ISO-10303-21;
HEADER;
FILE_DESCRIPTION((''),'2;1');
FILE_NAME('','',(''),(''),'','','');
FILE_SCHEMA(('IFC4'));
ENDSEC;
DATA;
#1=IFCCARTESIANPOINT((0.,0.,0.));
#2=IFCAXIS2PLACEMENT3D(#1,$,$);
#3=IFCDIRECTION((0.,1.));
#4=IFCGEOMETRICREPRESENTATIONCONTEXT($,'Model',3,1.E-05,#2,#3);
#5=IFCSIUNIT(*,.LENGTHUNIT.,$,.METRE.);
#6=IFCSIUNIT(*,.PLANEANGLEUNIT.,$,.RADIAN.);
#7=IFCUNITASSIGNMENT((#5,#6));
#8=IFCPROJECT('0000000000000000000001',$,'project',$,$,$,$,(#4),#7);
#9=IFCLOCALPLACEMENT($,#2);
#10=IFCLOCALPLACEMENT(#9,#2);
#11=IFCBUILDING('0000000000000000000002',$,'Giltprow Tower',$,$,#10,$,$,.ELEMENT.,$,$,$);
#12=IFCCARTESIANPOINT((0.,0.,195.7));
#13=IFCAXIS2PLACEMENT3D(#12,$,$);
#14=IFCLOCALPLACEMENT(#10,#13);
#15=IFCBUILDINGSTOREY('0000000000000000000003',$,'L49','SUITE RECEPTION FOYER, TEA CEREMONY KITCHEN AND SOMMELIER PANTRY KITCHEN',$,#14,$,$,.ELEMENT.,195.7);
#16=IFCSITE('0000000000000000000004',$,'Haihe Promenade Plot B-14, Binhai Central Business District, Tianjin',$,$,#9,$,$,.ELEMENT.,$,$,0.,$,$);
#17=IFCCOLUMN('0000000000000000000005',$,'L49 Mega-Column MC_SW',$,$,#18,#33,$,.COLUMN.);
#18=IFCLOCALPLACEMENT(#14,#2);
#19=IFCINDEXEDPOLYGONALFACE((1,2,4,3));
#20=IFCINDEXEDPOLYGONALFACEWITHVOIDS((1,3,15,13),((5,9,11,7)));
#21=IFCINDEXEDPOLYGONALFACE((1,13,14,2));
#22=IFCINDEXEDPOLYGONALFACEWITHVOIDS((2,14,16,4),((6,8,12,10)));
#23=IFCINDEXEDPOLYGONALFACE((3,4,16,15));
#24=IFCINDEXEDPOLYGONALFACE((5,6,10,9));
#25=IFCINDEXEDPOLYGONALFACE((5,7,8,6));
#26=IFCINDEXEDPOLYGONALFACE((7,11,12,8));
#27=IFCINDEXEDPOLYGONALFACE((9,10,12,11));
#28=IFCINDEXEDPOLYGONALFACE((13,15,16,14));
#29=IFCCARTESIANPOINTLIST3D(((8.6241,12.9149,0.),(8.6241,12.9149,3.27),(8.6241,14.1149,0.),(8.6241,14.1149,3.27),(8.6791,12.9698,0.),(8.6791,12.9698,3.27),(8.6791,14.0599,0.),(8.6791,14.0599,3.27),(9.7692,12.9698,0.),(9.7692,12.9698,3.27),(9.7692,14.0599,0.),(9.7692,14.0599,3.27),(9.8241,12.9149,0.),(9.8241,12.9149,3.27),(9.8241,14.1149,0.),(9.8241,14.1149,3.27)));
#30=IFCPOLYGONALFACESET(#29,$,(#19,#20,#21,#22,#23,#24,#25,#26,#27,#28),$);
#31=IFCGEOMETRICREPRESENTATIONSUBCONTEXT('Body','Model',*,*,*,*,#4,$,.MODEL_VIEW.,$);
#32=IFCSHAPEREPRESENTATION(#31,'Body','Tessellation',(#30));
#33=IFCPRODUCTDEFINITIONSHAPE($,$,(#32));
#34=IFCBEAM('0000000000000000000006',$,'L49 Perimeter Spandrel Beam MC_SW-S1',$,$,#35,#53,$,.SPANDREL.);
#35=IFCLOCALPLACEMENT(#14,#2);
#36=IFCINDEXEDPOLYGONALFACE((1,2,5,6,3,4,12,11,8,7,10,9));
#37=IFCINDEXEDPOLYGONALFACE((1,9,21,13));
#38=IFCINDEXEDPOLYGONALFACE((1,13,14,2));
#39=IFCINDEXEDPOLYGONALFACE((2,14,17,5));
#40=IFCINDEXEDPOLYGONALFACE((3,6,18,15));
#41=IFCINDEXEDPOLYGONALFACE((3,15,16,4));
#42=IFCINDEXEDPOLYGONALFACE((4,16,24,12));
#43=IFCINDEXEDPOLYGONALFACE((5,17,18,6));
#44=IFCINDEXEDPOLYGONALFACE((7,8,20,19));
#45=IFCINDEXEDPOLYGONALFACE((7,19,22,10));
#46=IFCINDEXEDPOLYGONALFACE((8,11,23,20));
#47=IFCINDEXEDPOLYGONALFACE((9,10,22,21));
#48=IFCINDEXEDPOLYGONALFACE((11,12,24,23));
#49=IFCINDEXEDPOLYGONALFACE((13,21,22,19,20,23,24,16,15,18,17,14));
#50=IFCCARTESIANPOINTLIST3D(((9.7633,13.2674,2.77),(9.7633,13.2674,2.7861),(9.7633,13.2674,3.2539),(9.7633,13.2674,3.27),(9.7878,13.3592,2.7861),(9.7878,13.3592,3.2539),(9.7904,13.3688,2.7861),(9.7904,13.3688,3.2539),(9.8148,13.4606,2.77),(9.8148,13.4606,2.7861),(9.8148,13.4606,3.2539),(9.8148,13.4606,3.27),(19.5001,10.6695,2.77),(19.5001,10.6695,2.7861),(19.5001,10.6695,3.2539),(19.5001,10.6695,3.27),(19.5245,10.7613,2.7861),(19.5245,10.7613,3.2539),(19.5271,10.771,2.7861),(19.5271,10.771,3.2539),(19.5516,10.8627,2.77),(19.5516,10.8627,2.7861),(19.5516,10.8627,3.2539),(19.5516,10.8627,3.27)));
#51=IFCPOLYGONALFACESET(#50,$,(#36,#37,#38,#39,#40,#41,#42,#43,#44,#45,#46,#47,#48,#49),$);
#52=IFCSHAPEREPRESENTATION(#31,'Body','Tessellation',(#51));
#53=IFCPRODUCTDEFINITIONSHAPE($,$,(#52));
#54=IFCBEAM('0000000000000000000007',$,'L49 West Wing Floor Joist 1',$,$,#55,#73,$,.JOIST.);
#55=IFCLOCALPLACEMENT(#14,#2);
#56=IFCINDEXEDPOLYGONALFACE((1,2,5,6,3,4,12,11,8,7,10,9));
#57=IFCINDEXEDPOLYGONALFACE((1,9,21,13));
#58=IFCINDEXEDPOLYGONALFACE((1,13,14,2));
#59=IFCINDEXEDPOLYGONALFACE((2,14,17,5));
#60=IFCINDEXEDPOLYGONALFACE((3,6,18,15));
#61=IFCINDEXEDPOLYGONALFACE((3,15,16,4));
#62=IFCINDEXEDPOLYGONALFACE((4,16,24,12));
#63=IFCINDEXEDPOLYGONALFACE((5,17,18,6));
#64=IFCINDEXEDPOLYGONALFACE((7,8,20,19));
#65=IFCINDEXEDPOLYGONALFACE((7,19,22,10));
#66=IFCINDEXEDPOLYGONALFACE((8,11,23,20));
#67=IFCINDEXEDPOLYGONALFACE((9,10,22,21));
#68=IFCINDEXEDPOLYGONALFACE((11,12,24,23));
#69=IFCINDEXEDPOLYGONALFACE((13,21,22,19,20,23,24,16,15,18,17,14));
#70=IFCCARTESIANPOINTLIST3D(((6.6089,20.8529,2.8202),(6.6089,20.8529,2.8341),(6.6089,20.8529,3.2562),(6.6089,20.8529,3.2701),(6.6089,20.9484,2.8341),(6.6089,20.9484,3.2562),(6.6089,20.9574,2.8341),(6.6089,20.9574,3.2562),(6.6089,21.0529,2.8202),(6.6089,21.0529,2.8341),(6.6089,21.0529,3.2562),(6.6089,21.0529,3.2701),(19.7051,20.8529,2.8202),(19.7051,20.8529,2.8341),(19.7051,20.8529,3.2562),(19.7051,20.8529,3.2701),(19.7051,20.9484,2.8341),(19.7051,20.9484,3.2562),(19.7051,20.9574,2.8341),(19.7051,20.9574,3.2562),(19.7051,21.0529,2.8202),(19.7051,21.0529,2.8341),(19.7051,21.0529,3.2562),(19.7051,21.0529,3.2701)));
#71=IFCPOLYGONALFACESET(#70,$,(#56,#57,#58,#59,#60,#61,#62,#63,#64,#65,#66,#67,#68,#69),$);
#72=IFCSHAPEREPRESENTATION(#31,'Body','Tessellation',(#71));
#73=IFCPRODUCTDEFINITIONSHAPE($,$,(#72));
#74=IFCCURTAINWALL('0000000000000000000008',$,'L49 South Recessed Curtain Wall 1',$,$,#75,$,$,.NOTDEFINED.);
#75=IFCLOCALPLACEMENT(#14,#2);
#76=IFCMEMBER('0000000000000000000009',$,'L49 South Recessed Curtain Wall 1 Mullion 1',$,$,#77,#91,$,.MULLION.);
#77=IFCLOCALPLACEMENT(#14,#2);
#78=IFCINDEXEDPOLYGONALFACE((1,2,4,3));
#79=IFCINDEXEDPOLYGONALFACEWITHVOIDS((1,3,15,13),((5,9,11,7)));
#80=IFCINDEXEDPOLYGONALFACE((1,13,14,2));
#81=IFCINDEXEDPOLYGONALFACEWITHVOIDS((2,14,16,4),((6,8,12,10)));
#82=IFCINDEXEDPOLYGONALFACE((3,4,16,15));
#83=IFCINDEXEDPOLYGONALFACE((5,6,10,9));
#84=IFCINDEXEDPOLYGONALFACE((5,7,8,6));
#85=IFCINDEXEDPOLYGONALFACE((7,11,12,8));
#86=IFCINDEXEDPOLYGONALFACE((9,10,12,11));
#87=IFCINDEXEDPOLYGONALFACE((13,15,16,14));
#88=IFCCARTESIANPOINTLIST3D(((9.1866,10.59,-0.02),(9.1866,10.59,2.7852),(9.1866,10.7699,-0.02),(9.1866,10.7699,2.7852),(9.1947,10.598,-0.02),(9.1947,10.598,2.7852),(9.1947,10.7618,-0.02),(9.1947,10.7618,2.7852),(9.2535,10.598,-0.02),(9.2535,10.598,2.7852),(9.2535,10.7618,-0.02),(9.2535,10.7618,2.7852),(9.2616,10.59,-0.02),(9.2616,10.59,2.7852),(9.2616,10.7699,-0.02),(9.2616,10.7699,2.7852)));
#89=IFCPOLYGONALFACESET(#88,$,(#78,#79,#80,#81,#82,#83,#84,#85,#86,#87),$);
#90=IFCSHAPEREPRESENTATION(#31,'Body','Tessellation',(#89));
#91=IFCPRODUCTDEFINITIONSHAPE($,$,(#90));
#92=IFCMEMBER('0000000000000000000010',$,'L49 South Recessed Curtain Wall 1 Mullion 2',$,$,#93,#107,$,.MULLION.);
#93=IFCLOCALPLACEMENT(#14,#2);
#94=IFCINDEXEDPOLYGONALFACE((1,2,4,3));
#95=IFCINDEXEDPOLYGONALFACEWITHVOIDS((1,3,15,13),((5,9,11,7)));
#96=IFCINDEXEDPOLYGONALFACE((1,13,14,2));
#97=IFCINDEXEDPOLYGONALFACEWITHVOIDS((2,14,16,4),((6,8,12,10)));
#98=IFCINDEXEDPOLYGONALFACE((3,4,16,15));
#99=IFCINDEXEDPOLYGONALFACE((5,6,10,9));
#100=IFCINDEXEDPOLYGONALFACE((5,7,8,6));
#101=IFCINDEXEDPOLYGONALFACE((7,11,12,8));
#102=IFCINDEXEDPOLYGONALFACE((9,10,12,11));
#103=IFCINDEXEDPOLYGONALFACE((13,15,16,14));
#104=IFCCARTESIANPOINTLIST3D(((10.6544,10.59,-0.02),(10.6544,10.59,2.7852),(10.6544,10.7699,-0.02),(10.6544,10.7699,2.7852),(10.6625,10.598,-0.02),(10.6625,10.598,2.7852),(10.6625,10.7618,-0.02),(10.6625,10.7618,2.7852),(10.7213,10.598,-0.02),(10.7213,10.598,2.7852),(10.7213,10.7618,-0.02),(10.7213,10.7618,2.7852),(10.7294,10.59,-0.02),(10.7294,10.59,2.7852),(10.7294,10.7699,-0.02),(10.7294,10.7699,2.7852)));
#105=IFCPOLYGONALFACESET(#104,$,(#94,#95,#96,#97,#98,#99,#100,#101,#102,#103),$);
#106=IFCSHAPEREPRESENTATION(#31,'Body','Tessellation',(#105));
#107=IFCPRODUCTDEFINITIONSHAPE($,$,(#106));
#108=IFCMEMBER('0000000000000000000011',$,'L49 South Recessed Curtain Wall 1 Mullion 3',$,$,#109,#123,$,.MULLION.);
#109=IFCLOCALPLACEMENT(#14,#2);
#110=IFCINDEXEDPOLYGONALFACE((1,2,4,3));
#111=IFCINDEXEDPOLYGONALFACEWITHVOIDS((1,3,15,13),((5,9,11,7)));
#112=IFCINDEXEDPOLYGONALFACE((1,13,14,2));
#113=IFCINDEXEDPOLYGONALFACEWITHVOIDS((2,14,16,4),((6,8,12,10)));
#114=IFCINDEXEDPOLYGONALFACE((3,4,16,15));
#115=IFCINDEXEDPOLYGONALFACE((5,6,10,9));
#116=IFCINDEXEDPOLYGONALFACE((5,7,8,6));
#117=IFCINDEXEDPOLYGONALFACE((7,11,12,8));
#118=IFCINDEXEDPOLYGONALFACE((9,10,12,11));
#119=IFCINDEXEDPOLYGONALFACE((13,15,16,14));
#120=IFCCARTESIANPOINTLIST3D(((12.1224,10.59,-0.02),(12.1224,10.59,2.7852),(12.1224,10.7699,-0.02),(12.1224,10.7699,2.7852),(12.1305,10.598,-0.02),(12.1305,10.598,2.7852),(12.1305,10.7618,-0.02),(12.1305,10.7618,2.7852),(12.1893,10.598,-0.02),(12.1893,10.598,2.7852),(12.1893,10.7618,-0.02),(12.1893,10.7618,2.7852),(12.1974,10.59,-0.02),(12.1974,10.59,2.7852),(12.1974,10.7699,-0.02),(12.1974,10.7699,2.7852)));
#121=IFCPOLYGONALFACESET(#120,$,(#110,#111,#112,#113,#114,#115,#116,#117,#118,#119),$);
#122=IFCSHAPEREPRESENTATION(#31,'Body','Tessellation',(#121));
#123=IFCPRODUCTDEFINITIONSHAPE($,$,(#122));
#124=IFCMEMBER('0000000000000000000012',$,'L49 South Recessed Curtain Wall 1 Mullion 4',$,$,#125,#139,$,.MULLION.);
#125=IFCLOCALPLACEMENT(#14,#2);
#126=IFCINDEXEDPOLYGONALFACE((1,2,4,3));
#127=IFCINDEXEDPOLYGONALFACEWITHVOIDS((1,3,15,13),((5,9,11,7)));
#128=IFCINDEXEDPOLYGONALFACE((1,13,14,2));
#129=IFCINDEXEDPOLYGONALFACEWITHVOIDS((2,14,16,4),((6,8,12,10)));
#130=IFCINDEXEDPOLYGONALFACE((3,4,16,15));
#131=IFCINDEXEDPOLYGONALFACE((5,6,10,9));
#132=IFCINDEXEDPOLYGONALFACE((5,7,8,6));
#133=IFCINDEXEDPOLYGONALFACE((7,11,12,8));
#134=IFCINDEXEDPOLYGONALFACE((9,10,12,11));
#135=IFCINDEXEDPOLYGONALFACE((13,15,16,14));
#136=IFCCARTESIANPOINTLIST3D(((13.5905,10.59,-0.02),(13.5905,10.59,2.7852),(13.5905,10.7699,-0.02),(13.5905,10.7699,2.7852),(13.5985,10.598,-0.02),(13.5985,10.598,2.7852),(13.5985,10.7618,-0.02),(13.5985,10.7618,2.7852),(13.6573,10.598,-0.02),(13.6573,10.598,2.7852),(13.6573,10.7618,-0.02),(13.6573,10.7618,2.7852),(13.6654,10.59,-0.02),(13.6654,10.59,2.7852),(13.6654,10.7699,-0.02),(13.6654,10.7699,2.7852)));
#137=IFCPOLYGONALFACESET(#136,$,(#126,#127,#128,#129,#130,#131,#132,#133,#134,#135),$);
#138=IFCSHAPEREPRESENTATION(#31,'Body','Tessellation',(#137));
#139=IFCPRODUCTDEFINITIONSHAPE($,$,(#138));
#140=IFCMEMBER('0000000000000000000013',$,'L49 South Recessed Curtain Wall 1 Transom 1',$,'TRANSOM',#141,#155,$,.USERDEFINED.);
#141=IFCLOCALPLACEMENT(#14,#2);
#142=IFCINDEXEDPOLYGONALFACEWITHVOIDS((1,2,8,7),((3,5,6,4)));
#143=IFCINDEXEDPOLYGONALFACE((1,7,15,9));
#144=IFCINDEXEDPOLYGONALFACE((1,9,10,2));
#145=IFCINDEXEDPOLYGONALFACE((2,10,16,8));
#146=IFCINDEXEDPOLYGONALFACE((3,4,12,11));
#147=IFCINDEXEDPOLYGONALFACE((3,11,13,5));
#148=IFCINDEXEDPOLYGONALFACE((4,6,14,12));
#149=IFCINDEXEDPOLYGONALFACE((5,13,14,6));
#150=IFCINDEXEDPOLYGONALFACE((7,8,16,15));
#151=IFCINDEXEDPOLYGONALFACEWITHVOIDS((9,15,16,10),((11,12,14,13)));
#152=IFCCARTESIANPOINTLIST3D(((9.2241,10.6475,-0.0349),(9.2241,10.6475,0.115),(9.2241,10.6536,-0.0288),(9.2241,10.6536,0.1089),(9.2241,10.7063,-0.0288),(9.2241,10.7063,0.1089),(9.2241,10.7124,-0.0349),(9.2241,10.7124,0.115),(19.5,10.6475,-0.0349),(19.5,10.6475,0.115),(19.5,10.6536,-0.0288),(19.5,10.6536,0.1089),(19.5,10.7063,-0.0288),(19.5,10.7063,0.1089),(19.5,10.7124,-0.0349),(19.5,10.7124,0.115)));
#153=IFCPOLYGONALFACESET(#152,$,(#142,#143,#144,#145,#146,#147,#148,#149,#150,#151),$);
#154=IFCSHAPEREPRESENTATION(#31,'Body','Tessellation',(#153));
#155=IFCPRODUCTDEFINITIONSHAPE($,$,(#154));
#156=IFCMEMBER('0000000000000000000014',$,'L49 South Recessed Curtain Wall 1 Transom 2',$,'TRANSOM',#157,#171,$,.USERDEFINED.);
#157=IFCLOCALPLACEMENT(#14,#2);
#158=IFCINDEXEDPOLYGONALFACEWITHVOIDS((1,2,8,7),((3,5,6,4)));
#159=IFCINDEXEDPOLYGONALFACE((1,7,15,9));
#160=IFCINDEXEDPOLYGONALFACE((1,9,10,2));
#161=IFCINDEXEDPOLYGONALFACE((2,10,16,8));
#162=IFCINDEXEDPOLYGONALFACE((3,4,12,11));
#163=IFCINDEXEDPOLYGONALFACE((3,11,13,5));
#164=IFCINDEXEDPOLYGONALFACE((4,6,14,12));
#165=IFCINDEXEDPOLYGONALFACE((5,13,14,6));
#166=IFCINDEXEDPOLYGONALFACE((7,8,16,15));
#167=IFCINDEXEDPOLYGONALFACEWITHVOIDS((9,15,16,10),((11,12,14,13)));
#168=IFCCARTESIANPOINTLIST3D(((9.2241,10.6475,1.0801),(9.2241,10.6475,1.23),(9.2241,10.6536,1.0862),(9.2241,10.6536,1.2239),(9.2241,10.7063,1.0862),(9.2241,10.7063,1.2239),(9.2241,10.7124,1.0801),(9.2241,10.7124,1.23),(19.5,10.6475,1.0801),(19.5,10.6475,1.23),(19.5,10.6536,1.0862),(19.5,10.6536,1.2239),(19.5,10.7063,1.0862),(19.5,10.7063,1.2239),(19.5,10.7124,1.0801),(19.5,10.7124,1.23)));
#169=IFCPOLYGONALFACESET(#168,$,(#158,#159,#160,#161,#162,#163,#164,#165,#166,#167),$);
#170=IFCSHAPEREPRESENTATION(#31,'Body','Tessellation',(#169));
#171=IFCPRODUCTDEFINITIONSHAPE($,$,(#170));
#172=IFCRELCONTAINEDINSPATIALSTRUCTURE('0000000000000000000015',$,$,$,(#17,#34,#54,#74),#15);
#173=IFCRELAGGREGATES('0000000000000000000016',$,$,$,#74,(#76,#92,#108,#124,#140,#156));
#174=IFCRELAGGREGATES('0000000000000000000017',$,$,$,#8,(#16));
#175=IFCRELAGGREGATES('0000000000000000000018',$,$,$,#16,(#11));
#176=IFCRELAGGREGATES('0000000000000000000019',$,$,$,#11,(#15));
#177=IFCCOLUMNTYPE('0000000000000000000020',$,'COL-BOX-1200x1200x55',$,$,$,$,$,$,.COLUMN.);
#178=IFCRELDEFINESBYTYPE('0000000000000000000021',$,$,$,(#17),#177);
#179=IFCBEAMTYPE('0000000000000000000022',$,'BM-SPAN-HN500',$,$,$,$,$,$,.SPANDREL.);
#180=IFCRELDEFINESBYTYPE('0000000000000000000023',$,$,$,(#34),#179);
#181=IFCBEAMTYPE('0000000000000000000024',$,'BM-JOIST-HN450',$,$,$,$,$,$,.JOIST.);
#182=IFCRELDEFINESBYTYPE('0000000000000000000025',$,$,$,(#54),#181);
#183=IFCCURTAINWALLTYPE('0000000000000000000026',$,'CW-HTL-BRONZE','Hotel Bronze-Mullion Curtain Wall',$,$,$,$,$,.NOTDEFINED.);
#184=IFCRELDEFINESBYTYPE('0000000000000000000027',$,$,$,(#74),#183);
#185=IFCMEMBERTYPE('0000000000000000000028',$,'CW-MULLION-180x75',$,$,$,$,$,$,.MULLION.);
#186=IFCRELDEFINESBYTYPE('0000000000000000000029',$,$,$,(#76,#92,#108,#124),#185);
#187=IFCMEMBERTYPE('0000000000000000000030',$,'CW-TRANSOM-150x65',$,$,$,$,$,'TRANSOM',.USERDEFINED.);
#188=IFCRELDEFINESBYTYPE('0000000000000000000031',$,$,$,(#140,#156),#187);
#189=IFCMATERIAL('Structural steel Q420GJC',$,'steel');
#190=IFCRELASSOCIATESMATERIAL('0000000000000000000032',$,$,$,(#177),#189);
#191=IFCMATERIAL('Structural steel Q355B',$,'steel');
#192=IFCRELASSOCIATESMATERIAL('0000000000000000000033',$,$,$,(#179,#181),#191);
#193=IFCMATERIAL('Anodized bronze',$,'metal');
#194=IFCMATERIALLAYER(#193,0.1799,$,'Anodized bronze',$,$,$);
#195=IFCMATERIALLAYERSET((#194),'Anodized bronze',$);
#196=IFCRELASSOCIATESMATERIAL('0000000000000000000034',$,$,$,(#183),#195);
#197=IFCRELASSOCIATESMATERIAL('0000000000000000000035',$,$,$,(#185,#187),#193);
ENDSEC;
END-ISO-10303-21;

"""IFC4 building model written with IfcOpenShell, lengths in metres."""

from ifc_helpers import new_model, si_unit, direction, frame, origin, origin_2d, place, context, subcontext, project, spatial, hollow_rectangle, i_section, extrude, source, transform, mapped, material, layer, layer_set, material_profile, profile_set, type_object, element, aggregate, save


model = new_model("IFC4")

# Units and contexts
model_context = context("Model", 3, precision=1e-05, world=origin(), true_north=direction((0.0, 1.0)))
body_context = subcontext(model_context, "Body", "Model", "MODEL_VIEW")
ifc_project = project(units=[si_unit("LENGTHUNIT", "METRE"), si_unit("PLANEANGLEUNIT", "RADIAN")], contexts=[model_context])

# Site, building, storey
site_placement = place(None, origin())
site = spatial("IfcSite", under=ifc_project, at=site_placement, Name="Haihe Promenade Plot B-14, Binhai Central Business District, Tianjin", CompositionType="ELEMENT", RefElevation=0.0)
building_placement = place(site_placement, origin())
building = spatial("IfcBuilding", under=site, at=building_placement, Name="Giltprow Tower", CompositionType="ELEMENT")
storey_placement = place(building_placement, frame((0.0, 0.0, 195.7)))
storey = spatial("IfcBuildingStorey", under=building, at=storey_placement, Name="L49", Description="SUITE RECEPTION FOYER, TEA CEREMONY KITCHEN AND SOMMELIER PANTRY KITCHEN", CompositionType="ELEMENT", Elevation=195.7)

# Column
ifc_material_1 = material(Name="Structural steel Q420GJC", Category="steel")
ifc_material_profile_1 = material_profile(ifc_material_1, hollow_rectangle(XDim=1.2, YDim=1.2, WallThickness=0.0549, at=origin_2d()), Name="BOX 1200x1200x55")
ifc_profile_set_1 = profile_set([ifc_material_profile_1], Name="Structural steel Q420GJC")
column_type = type_object("IfcColumnType", Name="COL-BOX-1200x1200x55", PredefinedType="COLUMN", material=ifc_profile_set_1)
shared_shape_1 = source(origin(), body_context, "Body", "SweptSolid", [
    extrude(hollow_rectangle(XDim=1.2, YDim=1.2, WallThickness=0.0549, at=origin_2d()), origin(), (0.0, 0.0, 1.0), 3.27),
])
column_placement = place(storey_placement, frame((9.2241, 13.5149, 0.0), z_axis=(0.0, 0.0, 1.0), x_axis=(1.0, 0.0, 0.0)))
element("IfcColumn", 1, at=column_placement, inside=storey, type_object=column_type, Name="L49 Mega-Column MC_SW", PredefinedType="COLUMN", context=body_context, shape_type="MappedRepresentation", body=[
    mapped(shared_shape_1, transform((0.0, 0.0, 0.0), x_axis=(1.0, 0.0, 0.0), y_axis=(0.0, 1.0, 0.0), z_axis=(0.0, 0.0, 1.0), scale=1.0)),
])

# Beams
ifc_material_2 = material(Name="Structural steel Q355B", Category="steel")
ifc_material_profile_2 = material_profile(ifc_material_2, i_section(OverallWidth=0.2, OverallDepth=0.5, WebThickness=0.01, FlangeThickness=0.0161, at=origin_2d()), Name="HN 500x200x10x16")
ifc_profile_set_2 = profile_set([ifc_material_profile_2], Name="Structural steel Q355B")
beam_type_1 = type_object("IfcBeamType", Name="BM-SPAN-HN500", PredefinedType="SPANDREL", material=ifc_profile_set_2)
shared_shape_2 = source(origin(), body_context, "Body", "SweptSolid", [
    extrude(i_section(OverallWidth=0.2, OverallDepth=0.5, WebThickness=0.01, FlangeThickness=0.0161, at=origin_2d()), origin(), (0.0, 0.0, 1.0), 10.0774),
])
beam_1_placement = place(storey_placement, frame((9.7891, 13.364, 3.02), z_axis=(0.9662, -0.257794, 0.0), x_axis=(0.257794, 0.9662, 0.0)))
element("IfcBeam", 2, at=beam_1_placement, inside=storey, type_object=beam_type_1, Name="L49 Perimeter Spandrel Beam MC_SW-S1", PredefinedType="SPANDREL", context=body_context, shape_type="MappedRepresentation", body=[
    mapped(shared_shape_2, transform((0.0, 0.0, 0.0), x_axis=(1.0, 0.0, 0.0), y_axis=(0.0, 1.0, 0.0), z_axis=(0.0, 0.0, 1.0), scale=1.0)),
])
ifc_material_profile_3 = material_profile(ifc_material_2, i_section(OverallWidth=0.2, OverallDepth=0.45, WebThickness=0.009, FlangeThickness=0.0139, at=origin_2d()), Name="HN 450x200x9x14")
ifc_profile_set_3 = profile_set([ifc_material_profile_3], Name="Structural steel Q355B")
beam_type_2 = type_object("IfcBeamType", Name="BM-JOIST-HN450", PredefinedType="JOIST", material=ifc_profile_set_3)
shared_shape_3 = source(origin(), body_context, "Body", "SweptSolid", [
    extrude(i_section(OverallWidth=0.2, OverallDepth=0.45, WebThickness=0.009, FlangeThickness=0.0139, at=origin_2d()), origin(), (0.0, 0.0, 1.0), 13.0962),
])
beam_2_placement = place(storey_placement, frame((6.6089, 20.9529, 3.0452), z_axis=(1.0, 0.0, 0.0), x_axis=(0.0, 1.0, 0.0)))
element("IfcBeam", 3, at=beam_2_placement, inside=storey, type_object=beam_type_2, Name="L49 West Wing Floor Joist 1", PredefinedType="JOIST", context=body_context, shape_type="MappedRepresentation", body=[
    mapped(shared_shape_3, transform((0.0, 0.0, 0.0), x_axis=(1.0, 0.0, 0.0), y_axis=(0.0, 1.0, 0.0), z_axis=(0.0, 0.0, 1.0), scale=1.0)),
])

# Curtain wall, members
ifc_material_3 = material(Name="Anodized bronze", Category="metal")
ifc_layer_1 = layer(ifc_material_3, 0.1799, Name="Anodized bronze")
ifc_layer_set_1 = layer_set([ifc_layer_1], Name="Anodized bronze")
curtain_wall_type = type_object("IfcCurtainWallType", Name="CW-HTL-BRONZE", Description="Hotel Bronze-Mullion Curtain Wall", PredefinedType="NOTDEFINED", material=ifc_layer_set_1)
curtain_wall_placement = place(storey_placement, origin())
curtain_wall = element("IfcCurtainWall", 4, at=curtain_wall_placement, inside=storey, type_object=curtain_wall_type, Name="L49 South Recessed Curtain Wall 1", PredefinedType="NOTDEFINED")
ifc_material_profile_4 = material_profile(ifc_material_3, hollow_rectangle(XDim=0.075, YDim=0.1799, WallThickness=0.0081, at=origin_2d()), Name="RHS 180x75x8")
ifc_profile_set_4 = profile_set([ifc_material_profile_4], Name="Anodized bronze")
member_type_1 = type_object("IfcMemberType", Name="CW-MULLION-180x75", PredefinedType="MULLION", material=ifc_profile_set_4)
shared_shape_4 = source(origin(), body_context, "Body", "SweptSolid", [
    extrude(hollow_rectangle(XDim=0.075, YDim=0.1799, WallThickness=0.0081, at=origin_2d()), origin(), (0.0, 0.0, 1.0), 2.8052),
])
member_1_placement = place(storey_placement, frame((9.2241, 10.6799, -0.02), z_axis=(0.0, 0.0, 1.0), x_axis=(1.0, 0.0, 0.0)))
member_1 = element("IfcMember", 5, at=member_1_placement, type_object=member_type_1, Name="L49 South Recessed Curtain Wall 1 Mullion 1", PredefinedType="MULLION", context=body_context, shape_type="MappedRepresentation", body=[
    mapped(shared_shape_4, transform((0.0, 0.0, 0.0), x_axis=(1.0, 0.0, 0.0), y_axis=(0.0, 1.0, 0.0), z_axis=(0.0, 0.0, 1.0), scale=1.0)),
])
member_2_placement = place(storey_placement, frame((10.6919, 10.6799, -0.02), z_axis=(0.0, 0.0, 1.0), x_axis=(1.0, 0.0, 0.0)))
member_2 = element("IfcMember", 6, at=member_2_placement, type_object=member_type_1, Name="L49 South Recessed Curtain Wall 1 Mullion 2", PredefinedType="MULLION", context=body_context, shape_type="MappedRepresentation", body=[
    mapped(shared_shape_4, transform((0.0, 0.0, 0.0), x_axis=(1.0, 0.0, 0.0), y_axis=(0.0, 1.0, 0.0), z_axis=(0.0, 0.0, 1.0), scale=1.0)),
])
member_3_placement = place(storey_placement, frame((12.1599, 10.6799, -0.02), z_axis=(0.0, 0.0, 1.0), x_axis=(1.0, 0.0, 0.0)))
member_3 = element("IfcMember", 7, at=member_3_placement, type_object=member_type_1, Name="L49 South Recessed Curtain Wall 1 Mullion 3", PredefinedType="MULLION", context=body_context, shape_type="MappedRepresentation", body=[
    mapped(shared_shape_4, transform((0.0, 0.0, 0.0), x_axis=(1.0, 0.0, 0.0), y_axis=(0.0, 1.0, 0.0), z_axis=(0.0, 0.0, 1.0), scale=1.0)),
])
member_4_placement = place(storey_placement, frame((13.6279, 10.6799, -0.02), z_axis=(0.0, 0.0, 1.0), x_axis=(1.0, 0.0, 0.0)))
member_4 = element("IfcMember", 8, at=member_4_placement, type_object=member_type_1, Name="L49 South Recessed Curtain Wall 1 Mullion 4", PredefinedType="MULLION", context=body_context, shape_type="MappedRepresentation", body=[
    mapped(shared_shape_4, transform((0.0, 0.0, 0.0), x_axis=(1.0, 0.0, 0.0), y_axis=(0.0, 1.0, 0.0), z_axis=(0.0, 0.0, 1.0), scale=1.0)),
])
ifc_material_profile_5 = material_profile(ifc_material_3, hollow_rectangle(XDim=0.0649, YDim=0.1499, WallThickness=0.0061, at=origin_2d()), Name="RHS 150x65x6")
ifc_profile_set_5 = profile_set([ifc_material_profile_5], Name="Anodized bronze")
member_type_2 = type_object("IfcMemberType", Name="CW-TRANSOM-150x65", ElementType="TRANSOM", PredefinedType="USERDEFINED", material=ifc_profile_set_5)
shared_shape_5 = source(origin(), body_context, "Body", "SweptSolid", [
    extrude(hollow_rectangle(XDim=0.0649, YDim=0.1499, WallThickness=0.0061, at=origin_2d()), origin(), (0.0, 0.0, 1.0), 10.2759),
])
member_5_placement = place(storey_placement, frame((9.2241, 10.6799, 0.04), z_axis=(1.0, 0.0, 0.0), x_axis=(0.0, 1.0, 0.0)))
member_5 = element("IfcMember", 9, at=member_5_placement, type_object=member_type_2, Name="L49 South Recessed Curtain Wall 1 Transom 1", ObjectType="TRANSOM", PredefinedType="USERDEFINED", context=body_context, shape_type="MappedRepresentation", body=[
    mapped(shared_shape_5, transform((0.0, 0.0, 0.0), x_axis=(1.0, 0.0, 0.0), y_axis=(0.0, 1.0, 0.0), z_axis=(0.0, 0.0, 1.0), scale=1.0)),
])
member_6_placement = place(storey_placement, frame((9.2241, 10.6799, 1.155), z_axis=(1.0, 0.0, 0.0), x_axis=(0.0, 1.0, 0.0)))
member_6 = element("IfcMember", 10, at=member_6_placement, type_object=member_type_2, Name="L49 South Recessed Curtain Wall 1 Transom 2", ObjectType="TRANSOM", PredefinedType="USERDEFINED", context=body_context, shape_type="MappedRepresentation", body=[
    mapped(shared_shape_5, transform((0.0, 0.0, 0.0), x_axis=(1.0, 0.0, 0.0), y_axis=(0.0, 1.0, 0.0), z_axis=(0.0, 0.0, 1.0), scale=1.0)),
])

aggregate(curtain_wall, [member_1, member_2, member_3, member_4, member_5, member_6])

save(model, "model.ifc")
